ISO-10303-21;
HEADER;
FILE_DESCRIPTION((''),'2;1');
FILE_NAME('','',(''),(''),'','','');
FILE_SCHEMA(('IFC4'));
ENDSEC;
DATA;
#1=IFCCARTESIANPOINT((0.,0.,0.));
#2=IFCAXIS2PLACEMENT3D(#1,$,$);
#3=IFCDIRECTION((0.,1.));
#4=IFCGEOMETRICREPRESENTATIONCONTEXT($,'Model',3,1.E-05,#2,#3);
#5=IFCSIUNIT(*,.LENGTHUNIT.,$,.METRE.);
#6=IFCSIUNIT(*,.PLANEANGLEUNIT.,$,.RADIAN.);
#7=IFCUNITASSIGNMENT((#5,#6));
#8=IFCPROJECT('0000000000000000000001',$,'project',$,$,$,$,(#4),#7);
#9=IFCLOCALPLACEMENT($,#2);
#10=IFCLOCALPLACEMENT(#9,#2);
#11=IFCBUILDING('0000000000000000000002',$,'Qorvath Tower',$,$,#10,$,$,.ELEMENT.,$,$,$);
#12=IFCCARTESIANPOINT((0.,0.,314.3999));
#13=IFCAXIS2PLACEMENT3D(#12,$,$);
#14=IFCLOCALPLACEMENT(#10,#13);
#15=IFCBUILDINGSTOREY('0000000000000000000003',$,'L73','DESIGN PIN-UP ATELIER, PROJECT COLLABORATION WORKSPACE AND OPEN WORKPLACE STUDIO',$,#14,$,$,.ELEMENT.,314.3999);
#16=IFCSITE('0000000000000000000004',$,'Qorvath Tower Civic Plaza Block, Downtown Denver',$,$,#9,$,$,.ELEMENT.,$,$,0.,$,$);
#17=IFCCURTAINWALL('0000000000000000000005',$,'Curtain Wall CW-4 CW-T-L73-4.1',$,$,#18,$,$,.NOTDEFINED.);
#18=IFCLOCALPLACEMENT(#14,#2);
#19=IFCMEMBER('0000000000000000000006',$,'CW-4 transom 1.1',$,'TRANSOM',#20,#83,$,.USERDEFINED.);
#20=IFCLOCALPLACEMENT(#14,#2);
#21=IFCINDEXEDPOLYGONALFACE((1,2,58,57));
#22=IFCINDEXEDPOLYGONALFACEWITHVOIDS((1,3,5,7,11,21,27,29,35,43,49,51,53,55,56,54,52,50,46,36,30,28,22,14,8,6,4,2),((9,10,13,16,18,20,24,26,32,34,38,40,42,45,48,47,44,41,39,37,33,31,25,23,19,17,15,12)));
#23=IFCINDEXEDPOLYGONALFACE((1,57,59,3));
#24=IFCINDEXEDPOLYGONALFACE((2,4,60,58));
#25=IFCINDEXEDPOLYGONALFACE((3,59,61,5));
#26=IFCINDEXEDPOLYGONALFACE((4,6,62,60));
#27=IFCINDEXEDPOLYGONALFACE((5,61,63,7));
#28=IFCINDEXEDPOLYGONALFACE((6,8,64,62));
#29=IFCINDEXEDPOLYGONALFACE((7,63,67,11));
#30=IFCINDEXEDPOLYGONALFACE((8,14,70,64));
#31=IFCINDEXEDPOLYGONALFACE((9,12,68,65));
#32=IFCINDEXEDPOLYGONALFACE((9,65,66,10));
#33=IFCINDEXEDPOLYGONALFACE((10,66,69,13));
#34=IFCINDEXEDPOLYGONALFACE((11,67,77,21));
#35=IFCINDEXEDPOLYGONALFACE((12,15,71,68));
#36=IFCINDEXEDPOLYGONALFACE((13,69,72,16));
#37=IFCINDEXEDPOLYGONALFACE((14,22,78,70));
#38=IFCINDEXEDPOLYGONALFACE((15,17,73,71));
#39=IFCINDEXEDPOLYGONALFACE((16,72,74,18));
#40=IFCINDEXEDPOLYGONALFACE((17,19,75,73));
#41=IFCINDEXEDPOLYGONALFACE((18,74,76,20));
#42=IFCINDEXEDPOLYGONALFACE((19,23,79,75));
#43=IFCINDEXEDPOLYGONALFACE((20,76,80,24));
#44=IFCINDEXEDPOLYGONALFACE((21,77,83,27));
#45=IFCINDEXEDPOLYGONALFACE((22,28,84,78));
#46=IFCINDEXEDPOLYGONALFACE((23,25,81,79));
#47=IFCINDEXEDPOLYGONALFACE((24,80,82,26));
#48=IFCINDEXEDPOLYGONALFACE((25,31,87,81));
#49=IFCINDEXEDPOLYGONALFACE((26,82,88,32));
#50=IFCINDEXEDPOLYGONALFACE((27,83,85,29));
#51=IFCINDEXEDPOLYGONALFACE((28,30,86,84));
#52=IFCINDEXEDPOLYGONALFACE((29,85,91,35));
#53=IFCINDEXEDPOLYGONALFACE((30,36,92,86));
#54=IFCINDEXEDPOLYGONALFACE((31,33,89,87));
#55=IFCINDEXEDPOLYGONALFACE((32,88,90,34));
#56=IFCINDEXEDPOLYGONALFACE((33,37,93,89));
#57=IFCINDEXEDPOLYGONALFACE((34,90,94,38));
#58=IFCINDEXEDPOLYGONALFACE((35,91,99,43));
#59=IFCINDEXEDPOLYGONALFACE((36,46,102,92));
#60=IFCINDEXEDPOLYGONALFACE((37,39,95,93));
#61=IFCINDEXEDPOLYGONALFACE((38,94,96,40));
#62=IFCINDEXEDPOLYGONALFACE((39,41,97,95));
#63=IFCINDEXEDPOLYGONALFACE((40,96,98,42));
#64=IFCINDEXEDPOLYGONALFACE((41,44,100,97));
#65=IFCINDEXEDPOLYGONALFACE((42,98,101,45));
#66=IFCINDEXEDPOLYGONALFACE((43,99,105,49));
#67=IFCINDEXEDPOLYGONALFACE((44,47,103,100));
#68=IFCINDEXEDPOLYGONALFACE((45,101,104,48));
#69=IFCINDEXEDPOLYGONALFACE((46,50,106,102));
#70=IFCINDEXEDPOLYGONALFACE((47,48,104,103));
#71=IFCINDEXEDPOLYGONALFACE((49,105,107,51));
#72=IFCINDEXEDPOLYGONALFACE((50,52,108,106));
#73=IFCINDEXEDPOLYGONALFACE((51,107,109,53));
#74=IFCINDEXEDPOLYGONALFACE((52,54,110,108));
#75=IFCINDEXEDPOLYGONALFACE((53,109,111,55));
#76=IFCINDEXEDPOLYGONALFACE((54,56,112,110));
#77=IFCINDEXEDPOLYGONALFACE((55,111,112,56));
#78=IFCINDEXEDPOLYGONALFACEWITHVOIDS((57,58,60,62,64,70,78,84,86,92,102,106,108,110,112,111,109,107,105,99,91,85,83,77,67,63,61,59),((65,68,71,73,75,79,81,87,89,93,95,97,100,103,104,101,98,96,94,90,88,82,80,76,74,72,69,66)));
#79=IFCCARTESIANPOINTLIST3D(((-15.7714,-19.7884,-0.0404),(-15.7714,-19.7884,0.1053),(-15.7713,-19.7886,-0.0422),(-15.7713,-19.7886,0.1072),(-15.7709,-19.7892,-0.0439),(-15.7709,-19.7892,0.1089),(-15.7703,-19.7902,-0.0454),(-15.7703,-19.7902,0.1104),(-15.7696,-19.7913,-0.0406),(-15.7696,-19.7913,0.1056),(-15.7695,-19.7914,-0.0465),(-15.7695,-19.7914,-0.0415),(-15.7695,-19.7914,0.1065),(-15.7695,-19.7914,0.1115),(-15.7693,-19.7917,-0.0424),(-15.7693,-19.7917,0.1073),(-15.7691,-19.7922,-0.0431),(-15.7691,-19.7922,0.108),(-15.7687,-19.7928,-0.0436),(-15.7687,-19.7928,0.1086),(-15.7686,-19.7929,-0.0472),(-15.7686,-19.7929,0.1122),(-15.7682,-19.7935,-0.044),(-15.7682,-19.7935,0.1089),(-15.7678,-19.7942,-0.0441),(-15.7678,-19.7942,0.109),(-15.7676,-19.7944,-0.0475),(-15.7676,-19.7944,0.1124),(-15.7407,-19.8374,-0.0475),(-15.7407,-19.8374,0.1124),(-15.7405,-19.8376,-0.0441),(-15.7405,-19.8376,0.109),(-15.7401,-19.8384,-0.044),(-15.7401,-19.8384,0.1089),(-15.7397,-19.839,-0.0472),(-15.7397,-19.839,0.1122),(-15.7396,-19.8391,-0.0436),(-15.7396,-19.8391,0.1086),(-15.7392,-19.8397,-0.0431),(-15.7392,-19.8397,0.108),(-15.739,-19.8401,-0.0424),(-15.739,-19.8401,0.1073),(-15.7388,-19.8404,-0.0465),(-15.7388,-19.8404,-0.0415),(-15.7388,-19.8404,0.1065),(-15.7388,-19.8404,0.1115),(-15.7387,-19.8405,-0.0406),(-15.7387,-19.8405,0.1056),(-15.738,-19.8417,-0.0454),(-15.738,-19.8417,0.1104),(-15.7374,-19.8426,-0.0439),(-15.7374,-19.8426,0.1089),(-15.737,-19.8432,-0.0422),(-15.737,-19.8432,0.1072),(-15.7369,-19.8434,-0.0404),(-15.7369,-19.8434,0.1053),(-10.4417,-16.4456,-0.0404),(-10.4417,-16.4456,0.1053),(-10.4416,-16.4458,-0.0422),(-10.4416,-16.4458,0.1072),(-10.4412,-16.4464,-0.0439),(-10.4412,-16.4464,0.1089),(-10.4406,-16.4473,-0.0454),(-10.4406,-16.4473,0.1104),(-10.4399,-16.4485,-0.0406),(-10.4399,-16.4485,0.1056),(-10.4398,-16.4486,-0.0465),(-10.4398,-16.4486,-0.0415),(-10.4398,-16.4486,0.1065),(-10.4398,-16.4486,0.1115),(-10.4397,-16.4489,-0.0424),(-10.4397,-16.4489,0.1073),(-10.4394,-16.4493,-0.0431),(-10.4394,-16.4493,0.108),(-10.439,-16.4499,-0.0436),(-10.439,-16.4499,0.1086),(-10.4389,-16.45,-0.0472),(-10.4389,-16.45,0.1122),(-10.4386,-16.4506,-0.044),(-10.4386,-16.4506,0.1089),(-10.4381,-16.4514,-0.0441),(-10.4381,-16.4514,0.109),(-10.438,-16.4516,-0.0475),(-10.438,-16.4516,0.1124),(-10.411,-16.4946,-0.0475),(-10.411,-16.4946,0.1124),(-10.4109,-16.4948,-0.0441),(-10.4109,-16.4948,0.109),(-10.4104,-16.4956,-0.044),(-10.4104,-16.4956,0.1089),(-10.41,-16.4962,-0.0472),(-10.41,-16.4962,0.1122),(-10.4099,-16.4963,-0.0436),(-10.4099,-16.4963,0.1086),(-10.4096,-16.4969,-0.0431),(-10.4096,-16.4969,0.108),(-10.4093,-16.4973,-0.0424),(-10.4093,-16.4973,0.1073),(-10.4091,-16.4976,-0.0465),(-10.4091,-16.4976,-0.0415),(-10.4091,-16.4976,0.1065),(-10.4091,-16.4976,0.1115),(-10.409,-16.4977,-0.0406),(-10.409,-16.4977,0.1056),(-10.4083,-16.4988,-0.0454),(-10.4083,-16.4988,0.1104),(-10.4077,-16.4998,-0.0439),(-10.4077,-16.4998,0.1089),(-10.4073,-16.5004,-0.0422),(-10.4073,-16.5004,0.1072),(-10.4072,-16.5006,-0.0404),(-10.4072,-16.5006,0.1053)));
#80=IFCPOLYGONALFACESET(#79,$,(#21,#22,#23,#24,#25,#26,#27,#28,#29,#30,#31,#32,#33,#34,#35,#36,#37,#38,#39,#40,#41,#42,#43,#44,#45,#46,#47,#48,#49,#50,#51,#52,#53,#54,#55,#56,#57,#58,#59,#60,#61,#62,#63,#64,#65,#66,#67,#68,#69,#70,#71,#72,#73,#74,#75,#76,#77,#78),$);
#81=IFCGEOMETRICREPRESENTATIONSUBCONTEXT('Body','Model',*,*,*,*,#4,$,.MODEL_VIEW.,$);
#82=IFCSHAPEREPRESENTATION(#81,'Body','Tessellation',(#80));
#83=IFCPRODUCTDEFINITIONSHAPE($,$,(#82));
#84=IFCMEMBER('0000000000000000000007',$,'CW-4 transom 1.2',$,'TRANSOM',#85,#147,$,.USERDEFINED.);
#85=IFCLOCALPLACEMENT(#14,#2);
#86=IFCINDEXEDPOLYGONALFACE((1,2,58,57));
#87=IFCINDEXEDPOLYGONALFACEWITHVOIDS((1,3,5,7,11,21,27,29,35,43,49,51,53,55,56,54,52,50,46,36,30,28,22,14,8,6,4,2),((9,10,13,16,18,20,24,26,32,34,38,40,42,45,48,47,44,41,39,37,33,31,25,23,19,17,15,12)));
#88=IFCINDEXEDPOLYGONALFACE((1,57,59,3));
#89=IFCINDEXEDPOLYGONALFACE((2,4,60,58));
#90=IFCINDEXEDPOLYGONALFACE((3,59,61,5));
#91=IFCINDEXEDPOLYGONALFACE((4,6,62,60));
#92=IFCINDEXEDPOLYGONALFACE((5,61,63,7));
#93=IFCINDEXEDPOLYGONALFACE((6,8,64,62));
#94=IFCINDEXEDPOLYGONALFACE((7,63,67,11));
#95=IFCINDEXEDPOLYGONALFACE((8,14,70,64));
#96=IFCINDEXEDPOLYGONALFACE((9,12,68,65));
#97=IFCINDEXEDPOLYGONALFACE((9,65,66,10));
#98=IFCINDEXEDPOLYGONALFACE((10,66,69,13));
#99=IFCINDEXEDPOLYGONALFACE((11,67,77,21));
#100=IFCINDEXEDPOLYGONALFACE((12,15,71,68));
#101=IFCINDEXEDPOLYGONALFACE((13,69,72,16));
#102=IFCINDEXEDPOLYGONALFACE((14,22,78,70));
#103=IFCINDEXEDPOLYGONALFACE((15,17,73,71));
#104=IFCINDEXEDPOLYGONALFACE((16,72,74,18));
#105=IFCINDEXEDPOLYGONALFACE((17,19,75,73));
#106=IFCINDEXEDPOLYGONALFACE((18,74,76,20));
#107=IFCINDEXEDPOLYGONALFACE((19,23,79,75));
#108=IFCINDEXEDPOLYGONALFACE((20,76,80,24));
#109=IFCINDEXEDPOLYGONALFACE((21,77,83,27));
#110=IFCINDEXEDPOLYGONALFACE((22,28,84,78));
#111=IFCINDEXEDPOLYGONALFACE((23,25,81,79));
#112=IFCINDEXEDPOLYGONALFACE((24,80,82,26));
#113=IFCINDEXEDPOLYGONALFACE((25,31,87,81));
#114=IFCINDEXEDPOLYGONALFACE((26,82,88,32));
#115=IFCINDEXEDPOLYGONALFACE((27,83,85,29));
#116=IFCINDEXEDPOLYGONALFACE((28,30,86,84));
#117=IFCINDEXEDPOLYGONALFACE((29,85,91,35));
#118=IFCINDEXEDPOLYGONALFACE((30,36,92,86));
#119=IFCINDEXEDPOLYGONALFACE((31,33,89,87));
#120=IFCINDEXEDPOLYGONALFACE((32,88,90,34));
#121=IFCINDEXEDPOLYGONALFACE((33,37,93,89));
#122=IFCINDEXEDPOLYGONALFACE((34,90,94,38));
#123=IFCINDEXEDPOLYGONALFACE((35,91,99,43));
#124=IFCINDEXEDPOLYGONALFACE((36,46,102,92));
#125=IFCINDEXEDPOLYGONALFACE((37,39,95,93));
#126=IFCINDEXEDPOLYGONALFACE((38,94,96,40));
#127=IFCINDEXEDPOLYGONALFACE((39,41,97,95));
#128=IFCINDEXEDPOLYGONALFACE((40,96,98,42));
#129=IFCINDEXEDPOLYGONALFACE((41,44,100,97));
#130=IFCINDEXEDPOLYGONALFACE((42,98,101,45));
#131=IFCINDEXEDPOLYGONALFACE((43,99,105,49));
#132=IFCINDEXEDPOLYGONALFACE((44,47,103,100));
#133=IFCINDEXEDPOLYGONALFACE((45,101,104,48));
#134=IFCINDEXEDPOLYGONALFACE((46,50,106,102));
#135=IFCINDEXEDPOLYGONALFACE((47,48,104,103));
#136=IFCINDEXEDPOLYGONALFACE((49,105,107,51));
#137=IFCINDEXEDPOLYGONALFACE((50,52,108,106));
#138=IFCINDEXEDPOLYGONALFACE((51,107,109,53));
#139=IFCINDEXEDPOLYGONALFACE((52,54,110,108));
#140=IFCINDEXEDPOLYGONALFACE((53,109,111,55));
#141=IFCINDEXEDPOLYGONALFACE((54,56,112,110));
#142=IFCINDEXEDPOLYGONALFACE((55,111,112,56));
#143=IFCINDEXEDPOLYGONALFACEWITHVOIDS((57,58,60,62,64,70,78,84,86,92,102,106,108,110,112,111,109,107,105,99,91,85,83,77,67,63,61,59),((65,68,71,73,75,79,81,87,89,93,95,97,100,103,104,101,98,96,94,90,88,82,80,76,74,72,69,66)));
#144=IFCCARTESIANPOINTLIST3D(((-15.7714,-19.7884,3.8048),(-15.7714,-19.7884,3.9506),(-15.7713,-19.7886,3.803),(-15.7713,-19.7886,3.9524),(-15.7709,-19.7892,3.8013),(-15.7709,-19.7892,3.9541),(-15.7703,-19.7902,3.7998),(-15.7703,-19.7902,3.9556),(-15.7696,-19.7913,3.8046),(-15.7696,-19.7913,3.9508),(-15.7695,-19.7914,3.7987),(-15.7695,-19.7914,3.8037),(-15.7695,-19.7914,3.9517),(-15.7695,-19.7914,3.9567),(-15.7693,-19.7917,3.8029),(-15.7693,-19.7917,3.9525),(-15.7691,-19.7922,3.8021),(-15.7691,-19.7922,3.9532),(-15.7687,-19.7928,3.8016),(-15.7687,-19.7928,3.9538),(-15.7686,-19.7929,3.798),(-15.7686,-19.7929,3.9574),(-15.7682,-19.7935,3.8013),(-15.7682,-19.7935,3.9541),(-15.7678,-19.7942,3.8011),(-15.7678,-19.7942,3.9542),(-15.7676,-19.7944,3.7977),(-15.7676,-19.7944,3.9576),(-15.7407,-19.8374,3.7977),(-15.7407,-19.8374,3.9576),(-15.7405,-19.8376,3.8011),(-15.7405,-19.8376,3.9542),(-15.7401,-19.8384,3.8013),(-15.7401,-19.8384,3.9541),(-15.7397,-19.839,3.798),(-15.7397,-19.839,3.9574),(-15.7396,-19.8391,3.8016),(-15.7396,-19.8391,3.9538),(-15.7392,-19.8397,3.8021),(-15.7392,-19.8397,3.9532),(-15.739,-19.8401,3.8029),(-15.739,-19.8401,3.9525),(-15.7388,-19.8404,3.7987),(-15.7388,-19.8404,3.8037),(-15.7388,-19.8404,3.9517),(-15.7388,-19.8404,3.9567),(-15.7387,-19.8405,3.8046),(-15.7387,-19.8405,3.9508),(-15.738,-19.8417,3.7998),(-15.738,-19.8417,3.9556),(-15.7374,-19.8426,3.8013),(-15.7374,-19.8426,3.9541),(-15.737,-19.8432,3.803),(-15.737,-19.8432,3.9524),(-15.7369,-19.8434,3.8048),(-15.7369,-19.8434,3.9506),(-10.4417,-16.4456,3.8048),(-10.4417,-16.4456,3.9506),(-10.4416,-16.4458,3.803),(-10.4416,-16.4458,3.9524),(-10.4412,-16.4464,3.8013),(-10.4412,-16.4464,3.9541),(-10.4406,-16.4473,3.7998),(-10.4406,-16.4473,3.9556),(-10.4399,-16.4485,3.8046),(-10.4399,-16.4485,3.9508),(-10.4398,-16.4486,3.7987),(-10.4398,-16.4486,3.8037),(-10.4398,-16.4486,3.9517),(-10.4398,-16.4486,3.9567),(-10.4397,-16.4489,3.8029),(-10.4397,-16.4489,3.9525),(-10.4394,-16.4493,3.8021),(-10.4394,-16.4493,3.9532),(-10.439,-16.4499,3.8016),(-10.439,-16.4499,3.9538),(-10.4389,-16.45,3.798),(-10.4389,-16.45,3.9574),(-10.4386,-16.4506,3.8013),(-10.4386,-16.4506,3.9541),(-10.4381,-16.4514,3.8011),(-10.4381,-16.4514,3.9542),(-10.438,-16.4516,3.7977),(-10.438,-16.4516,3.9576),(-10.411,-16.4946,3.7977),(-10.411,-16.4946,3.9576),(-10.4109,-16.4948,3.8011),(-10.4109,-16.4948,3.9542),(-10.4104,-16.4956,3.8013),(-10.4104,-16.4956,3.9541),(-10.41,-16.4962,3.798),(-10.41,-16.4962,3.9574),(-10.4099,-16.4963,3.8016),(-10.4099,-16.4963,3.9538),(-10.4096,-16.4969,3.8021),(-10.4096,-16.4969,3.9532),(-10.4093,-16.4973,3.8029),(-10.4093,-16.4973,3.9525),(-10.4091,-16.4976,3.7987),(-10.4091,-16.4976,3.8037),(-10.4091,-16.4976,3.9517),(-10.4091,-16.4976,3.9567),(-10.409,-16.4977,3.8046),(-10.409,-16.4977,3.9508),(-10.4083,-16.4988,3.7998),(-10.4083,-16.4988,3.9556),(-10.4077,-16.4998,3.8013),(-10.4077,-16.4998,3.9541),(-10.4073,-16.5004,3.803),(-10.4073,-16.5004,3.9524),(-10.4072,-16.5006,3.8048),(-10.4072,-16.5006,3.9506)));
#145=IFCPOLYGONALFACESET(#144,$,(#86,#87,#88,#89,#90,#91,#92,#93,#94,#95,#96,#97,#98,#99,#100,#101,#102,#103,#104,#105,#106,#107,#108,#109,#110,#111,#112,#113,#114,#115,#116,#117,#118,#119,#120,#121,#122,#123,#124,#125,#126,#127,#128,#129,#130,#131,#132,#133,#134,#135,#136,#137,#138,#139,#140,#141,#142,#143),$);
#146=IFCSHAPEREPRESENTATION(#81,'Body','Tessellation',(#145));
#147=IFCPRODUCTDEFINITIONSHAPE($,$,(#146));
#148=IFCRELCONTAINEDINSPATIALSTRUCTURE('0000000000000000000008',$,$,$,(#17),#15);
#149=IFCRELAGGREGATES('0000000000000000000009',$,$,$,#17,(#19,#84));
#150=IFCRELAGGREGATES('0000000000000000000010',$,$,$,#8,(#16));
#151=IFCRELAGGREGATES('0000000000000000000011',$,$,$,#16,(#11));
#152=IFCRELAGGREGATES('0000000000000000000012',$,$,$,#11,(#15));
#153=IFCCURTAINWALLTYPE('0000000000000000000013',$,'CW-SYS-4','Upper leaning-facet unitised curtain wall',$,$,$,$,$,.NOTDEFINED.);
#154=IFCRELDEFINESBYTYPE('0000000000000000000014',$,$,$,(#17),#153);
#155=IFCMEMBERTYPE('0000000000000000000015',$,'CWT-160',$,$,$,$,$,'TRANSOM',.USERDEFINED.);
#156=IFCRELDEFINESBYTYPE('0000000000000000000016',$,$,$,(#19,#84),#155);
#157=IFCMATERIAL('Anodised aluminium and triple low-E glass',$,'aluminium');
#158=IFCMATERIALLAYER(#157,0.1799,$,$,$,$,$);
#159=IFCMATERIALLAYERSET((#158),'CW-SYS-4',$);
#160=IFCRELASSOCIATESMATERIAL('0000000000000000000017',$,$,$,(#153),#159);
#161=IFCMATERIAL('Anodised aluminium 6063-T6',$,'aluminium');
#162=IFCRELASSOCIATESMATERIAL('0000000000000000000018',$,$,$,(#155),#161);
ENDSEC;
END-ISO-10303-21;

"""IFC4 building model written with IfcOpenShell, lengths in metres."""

from ifc_helpers import new_model, si_unit, direction, frame, origin, origin_2d, place, context, subcontext, project, spatial, hollow_rectangle, extrude, material, layer, layer_set, material_profile, profile_set, type_object, element, aggregate, save


model = new_model("IFC4")

# Units and contexts
model_context = context("Model", 3, precision=1e-05, world=origin(), true_north=direction((0.0, 1.0)))
body_context = subcontext(model_context, "Body", "Model", "MODEL_VIEW")
ifc_project = project(units=[si_unit("LENGTHUNIT", "METRE"), si_unit("PLANEANGLEUNIT", "RADIAN")], contexts=[model_context])

# Site, building, storey
site_placement = place(None, origin())
site = spatial("IfcSite", under=ifc_project, at=site_placement, Name="Qorvath Tower Civic Plaza Block, Downtown Denver", CompositionType="ELEMENT", RefElevation=0.0)
building_placement = place(site_placement, origin())
building = spatial("IfcBuilding", under=site, at=building_placement, Name="Qorvath Tower", CompositionType="ELEMENT")
storey_placement = place(building_placement, frame((0.0, 0.0, 314.3999)))
storey = spatial("IfcBuildingStorey", under=building, at=storey_placement, Name="L73", Description="DESIGN PIN-UP ATELIER, PROJECT COLLABORATION WORKSPACE AND OPEN WORKPLACE STUDIO", CompositionType="ELEMENT", Elevation=314.3999)

# Shared definitions
ifc_material_1 = material(Name="Anodised aluminium and triple low-E glass", Category="aluminium")
ifc_layer_1 = layer(ifc_material_1, 0.1799)
ifc_layer_set_1 = layer_set([ifc_layer_1], Name="CW-SYS-4")
curtain_wall_type = type_object("IfcCurtainWallType", Name="CW-SYS-4", Description="Upper leaning-facet unitised curtain wall", PredefinedType="NOTDEFINED", material=ifc_layer_set_1)

# Curtain wall
curtain_wall_1_placement = place(storey_placement, origin())
curtain_wall_1 = element("IfcCurtainWall", 1, at=curtain_wall_1_placement, inside=storey, type_object=curtain_wall_type, Name="Curtain Wall CW-4 CW-T-L73-4.1", PredefinedType="NOTDEFINED")

# Members
ifc_material_2 = material(Name="Anodised aluminium 6063-T6", Category="aluminium")
ifc_material_profile_1 = material_profile(ifc_material_2, hollow_rectangle(XDim=0.0649, YDim=0.1599, WallThickness=0.0034, InnerFilletRadius=0.0034, OuterFilletRadius=0.0071, at=origin_2d()), Name="CWT 160x65")
ifc_profile_set_1 = profile_set([ifc_material_profile_1], Name="Anodised aluminium 6063-T6")
member_type_1 = type_object("IfcMemberType", Name="CWT-160", ElementType="TRANSOM", PredefinedType="USERDEFINED", material=ifc_profile_set_1)
member_1_placement = place(storey_placement, frame((-15.7542, -19.8159, 0.0325), z_axis=(0.847156, 0.531345, 0.0), x_axis=(-0.531345, 0.847156, 0.0)))
member_1 = element("IfcMember", 2, at=member_1_placement, type_object=member_type_1, Name="CW-4 transom 1.1", ObjectType="TRANSOM", PredefinedType="USERDEFINED", context=body_context, shape_type="SweptSolid", body=[
    extrude(hollow_rectangle(XDim=0.0649, YDim=0.1599, WallThickness=0.0034, InnerFilletRadius=0.0034, OuterFilletRadius=0.0071, at=origin_2d()), origin(), (0.0, 0.0, 1.0), 6.2913),
])
member_2_placement = place(storey_placement, frame((-15.7542, -19.8159, 3.8777), z_axis=(0.847156, 0.531345, 0.0), x_axis=(-0.531345, 0.847156, 0.0)))
member_2 = element("IfcMember", 3, at=member_2_placement, type_object=member_type_1, Name="CW-4 transom 1.2", ObjectType="TRANSOM", PredefinedType="USERDEFINED", context=body_context, shape_type="SweptSolid", body=[
    extrude(hollow_rectangle(XDim=0.0649, YDim=0.1599, WallThickness=0.0034, InnerFilletRadius=0.0034, OuterFilletRadius=0.0071, at=origin_2d()), origin(), (0.0, 0.0, 1.0), 6.2913),
])
aggregate(curtain_wall_1, [member_1, member_2])

save(model, "model.ifc")
